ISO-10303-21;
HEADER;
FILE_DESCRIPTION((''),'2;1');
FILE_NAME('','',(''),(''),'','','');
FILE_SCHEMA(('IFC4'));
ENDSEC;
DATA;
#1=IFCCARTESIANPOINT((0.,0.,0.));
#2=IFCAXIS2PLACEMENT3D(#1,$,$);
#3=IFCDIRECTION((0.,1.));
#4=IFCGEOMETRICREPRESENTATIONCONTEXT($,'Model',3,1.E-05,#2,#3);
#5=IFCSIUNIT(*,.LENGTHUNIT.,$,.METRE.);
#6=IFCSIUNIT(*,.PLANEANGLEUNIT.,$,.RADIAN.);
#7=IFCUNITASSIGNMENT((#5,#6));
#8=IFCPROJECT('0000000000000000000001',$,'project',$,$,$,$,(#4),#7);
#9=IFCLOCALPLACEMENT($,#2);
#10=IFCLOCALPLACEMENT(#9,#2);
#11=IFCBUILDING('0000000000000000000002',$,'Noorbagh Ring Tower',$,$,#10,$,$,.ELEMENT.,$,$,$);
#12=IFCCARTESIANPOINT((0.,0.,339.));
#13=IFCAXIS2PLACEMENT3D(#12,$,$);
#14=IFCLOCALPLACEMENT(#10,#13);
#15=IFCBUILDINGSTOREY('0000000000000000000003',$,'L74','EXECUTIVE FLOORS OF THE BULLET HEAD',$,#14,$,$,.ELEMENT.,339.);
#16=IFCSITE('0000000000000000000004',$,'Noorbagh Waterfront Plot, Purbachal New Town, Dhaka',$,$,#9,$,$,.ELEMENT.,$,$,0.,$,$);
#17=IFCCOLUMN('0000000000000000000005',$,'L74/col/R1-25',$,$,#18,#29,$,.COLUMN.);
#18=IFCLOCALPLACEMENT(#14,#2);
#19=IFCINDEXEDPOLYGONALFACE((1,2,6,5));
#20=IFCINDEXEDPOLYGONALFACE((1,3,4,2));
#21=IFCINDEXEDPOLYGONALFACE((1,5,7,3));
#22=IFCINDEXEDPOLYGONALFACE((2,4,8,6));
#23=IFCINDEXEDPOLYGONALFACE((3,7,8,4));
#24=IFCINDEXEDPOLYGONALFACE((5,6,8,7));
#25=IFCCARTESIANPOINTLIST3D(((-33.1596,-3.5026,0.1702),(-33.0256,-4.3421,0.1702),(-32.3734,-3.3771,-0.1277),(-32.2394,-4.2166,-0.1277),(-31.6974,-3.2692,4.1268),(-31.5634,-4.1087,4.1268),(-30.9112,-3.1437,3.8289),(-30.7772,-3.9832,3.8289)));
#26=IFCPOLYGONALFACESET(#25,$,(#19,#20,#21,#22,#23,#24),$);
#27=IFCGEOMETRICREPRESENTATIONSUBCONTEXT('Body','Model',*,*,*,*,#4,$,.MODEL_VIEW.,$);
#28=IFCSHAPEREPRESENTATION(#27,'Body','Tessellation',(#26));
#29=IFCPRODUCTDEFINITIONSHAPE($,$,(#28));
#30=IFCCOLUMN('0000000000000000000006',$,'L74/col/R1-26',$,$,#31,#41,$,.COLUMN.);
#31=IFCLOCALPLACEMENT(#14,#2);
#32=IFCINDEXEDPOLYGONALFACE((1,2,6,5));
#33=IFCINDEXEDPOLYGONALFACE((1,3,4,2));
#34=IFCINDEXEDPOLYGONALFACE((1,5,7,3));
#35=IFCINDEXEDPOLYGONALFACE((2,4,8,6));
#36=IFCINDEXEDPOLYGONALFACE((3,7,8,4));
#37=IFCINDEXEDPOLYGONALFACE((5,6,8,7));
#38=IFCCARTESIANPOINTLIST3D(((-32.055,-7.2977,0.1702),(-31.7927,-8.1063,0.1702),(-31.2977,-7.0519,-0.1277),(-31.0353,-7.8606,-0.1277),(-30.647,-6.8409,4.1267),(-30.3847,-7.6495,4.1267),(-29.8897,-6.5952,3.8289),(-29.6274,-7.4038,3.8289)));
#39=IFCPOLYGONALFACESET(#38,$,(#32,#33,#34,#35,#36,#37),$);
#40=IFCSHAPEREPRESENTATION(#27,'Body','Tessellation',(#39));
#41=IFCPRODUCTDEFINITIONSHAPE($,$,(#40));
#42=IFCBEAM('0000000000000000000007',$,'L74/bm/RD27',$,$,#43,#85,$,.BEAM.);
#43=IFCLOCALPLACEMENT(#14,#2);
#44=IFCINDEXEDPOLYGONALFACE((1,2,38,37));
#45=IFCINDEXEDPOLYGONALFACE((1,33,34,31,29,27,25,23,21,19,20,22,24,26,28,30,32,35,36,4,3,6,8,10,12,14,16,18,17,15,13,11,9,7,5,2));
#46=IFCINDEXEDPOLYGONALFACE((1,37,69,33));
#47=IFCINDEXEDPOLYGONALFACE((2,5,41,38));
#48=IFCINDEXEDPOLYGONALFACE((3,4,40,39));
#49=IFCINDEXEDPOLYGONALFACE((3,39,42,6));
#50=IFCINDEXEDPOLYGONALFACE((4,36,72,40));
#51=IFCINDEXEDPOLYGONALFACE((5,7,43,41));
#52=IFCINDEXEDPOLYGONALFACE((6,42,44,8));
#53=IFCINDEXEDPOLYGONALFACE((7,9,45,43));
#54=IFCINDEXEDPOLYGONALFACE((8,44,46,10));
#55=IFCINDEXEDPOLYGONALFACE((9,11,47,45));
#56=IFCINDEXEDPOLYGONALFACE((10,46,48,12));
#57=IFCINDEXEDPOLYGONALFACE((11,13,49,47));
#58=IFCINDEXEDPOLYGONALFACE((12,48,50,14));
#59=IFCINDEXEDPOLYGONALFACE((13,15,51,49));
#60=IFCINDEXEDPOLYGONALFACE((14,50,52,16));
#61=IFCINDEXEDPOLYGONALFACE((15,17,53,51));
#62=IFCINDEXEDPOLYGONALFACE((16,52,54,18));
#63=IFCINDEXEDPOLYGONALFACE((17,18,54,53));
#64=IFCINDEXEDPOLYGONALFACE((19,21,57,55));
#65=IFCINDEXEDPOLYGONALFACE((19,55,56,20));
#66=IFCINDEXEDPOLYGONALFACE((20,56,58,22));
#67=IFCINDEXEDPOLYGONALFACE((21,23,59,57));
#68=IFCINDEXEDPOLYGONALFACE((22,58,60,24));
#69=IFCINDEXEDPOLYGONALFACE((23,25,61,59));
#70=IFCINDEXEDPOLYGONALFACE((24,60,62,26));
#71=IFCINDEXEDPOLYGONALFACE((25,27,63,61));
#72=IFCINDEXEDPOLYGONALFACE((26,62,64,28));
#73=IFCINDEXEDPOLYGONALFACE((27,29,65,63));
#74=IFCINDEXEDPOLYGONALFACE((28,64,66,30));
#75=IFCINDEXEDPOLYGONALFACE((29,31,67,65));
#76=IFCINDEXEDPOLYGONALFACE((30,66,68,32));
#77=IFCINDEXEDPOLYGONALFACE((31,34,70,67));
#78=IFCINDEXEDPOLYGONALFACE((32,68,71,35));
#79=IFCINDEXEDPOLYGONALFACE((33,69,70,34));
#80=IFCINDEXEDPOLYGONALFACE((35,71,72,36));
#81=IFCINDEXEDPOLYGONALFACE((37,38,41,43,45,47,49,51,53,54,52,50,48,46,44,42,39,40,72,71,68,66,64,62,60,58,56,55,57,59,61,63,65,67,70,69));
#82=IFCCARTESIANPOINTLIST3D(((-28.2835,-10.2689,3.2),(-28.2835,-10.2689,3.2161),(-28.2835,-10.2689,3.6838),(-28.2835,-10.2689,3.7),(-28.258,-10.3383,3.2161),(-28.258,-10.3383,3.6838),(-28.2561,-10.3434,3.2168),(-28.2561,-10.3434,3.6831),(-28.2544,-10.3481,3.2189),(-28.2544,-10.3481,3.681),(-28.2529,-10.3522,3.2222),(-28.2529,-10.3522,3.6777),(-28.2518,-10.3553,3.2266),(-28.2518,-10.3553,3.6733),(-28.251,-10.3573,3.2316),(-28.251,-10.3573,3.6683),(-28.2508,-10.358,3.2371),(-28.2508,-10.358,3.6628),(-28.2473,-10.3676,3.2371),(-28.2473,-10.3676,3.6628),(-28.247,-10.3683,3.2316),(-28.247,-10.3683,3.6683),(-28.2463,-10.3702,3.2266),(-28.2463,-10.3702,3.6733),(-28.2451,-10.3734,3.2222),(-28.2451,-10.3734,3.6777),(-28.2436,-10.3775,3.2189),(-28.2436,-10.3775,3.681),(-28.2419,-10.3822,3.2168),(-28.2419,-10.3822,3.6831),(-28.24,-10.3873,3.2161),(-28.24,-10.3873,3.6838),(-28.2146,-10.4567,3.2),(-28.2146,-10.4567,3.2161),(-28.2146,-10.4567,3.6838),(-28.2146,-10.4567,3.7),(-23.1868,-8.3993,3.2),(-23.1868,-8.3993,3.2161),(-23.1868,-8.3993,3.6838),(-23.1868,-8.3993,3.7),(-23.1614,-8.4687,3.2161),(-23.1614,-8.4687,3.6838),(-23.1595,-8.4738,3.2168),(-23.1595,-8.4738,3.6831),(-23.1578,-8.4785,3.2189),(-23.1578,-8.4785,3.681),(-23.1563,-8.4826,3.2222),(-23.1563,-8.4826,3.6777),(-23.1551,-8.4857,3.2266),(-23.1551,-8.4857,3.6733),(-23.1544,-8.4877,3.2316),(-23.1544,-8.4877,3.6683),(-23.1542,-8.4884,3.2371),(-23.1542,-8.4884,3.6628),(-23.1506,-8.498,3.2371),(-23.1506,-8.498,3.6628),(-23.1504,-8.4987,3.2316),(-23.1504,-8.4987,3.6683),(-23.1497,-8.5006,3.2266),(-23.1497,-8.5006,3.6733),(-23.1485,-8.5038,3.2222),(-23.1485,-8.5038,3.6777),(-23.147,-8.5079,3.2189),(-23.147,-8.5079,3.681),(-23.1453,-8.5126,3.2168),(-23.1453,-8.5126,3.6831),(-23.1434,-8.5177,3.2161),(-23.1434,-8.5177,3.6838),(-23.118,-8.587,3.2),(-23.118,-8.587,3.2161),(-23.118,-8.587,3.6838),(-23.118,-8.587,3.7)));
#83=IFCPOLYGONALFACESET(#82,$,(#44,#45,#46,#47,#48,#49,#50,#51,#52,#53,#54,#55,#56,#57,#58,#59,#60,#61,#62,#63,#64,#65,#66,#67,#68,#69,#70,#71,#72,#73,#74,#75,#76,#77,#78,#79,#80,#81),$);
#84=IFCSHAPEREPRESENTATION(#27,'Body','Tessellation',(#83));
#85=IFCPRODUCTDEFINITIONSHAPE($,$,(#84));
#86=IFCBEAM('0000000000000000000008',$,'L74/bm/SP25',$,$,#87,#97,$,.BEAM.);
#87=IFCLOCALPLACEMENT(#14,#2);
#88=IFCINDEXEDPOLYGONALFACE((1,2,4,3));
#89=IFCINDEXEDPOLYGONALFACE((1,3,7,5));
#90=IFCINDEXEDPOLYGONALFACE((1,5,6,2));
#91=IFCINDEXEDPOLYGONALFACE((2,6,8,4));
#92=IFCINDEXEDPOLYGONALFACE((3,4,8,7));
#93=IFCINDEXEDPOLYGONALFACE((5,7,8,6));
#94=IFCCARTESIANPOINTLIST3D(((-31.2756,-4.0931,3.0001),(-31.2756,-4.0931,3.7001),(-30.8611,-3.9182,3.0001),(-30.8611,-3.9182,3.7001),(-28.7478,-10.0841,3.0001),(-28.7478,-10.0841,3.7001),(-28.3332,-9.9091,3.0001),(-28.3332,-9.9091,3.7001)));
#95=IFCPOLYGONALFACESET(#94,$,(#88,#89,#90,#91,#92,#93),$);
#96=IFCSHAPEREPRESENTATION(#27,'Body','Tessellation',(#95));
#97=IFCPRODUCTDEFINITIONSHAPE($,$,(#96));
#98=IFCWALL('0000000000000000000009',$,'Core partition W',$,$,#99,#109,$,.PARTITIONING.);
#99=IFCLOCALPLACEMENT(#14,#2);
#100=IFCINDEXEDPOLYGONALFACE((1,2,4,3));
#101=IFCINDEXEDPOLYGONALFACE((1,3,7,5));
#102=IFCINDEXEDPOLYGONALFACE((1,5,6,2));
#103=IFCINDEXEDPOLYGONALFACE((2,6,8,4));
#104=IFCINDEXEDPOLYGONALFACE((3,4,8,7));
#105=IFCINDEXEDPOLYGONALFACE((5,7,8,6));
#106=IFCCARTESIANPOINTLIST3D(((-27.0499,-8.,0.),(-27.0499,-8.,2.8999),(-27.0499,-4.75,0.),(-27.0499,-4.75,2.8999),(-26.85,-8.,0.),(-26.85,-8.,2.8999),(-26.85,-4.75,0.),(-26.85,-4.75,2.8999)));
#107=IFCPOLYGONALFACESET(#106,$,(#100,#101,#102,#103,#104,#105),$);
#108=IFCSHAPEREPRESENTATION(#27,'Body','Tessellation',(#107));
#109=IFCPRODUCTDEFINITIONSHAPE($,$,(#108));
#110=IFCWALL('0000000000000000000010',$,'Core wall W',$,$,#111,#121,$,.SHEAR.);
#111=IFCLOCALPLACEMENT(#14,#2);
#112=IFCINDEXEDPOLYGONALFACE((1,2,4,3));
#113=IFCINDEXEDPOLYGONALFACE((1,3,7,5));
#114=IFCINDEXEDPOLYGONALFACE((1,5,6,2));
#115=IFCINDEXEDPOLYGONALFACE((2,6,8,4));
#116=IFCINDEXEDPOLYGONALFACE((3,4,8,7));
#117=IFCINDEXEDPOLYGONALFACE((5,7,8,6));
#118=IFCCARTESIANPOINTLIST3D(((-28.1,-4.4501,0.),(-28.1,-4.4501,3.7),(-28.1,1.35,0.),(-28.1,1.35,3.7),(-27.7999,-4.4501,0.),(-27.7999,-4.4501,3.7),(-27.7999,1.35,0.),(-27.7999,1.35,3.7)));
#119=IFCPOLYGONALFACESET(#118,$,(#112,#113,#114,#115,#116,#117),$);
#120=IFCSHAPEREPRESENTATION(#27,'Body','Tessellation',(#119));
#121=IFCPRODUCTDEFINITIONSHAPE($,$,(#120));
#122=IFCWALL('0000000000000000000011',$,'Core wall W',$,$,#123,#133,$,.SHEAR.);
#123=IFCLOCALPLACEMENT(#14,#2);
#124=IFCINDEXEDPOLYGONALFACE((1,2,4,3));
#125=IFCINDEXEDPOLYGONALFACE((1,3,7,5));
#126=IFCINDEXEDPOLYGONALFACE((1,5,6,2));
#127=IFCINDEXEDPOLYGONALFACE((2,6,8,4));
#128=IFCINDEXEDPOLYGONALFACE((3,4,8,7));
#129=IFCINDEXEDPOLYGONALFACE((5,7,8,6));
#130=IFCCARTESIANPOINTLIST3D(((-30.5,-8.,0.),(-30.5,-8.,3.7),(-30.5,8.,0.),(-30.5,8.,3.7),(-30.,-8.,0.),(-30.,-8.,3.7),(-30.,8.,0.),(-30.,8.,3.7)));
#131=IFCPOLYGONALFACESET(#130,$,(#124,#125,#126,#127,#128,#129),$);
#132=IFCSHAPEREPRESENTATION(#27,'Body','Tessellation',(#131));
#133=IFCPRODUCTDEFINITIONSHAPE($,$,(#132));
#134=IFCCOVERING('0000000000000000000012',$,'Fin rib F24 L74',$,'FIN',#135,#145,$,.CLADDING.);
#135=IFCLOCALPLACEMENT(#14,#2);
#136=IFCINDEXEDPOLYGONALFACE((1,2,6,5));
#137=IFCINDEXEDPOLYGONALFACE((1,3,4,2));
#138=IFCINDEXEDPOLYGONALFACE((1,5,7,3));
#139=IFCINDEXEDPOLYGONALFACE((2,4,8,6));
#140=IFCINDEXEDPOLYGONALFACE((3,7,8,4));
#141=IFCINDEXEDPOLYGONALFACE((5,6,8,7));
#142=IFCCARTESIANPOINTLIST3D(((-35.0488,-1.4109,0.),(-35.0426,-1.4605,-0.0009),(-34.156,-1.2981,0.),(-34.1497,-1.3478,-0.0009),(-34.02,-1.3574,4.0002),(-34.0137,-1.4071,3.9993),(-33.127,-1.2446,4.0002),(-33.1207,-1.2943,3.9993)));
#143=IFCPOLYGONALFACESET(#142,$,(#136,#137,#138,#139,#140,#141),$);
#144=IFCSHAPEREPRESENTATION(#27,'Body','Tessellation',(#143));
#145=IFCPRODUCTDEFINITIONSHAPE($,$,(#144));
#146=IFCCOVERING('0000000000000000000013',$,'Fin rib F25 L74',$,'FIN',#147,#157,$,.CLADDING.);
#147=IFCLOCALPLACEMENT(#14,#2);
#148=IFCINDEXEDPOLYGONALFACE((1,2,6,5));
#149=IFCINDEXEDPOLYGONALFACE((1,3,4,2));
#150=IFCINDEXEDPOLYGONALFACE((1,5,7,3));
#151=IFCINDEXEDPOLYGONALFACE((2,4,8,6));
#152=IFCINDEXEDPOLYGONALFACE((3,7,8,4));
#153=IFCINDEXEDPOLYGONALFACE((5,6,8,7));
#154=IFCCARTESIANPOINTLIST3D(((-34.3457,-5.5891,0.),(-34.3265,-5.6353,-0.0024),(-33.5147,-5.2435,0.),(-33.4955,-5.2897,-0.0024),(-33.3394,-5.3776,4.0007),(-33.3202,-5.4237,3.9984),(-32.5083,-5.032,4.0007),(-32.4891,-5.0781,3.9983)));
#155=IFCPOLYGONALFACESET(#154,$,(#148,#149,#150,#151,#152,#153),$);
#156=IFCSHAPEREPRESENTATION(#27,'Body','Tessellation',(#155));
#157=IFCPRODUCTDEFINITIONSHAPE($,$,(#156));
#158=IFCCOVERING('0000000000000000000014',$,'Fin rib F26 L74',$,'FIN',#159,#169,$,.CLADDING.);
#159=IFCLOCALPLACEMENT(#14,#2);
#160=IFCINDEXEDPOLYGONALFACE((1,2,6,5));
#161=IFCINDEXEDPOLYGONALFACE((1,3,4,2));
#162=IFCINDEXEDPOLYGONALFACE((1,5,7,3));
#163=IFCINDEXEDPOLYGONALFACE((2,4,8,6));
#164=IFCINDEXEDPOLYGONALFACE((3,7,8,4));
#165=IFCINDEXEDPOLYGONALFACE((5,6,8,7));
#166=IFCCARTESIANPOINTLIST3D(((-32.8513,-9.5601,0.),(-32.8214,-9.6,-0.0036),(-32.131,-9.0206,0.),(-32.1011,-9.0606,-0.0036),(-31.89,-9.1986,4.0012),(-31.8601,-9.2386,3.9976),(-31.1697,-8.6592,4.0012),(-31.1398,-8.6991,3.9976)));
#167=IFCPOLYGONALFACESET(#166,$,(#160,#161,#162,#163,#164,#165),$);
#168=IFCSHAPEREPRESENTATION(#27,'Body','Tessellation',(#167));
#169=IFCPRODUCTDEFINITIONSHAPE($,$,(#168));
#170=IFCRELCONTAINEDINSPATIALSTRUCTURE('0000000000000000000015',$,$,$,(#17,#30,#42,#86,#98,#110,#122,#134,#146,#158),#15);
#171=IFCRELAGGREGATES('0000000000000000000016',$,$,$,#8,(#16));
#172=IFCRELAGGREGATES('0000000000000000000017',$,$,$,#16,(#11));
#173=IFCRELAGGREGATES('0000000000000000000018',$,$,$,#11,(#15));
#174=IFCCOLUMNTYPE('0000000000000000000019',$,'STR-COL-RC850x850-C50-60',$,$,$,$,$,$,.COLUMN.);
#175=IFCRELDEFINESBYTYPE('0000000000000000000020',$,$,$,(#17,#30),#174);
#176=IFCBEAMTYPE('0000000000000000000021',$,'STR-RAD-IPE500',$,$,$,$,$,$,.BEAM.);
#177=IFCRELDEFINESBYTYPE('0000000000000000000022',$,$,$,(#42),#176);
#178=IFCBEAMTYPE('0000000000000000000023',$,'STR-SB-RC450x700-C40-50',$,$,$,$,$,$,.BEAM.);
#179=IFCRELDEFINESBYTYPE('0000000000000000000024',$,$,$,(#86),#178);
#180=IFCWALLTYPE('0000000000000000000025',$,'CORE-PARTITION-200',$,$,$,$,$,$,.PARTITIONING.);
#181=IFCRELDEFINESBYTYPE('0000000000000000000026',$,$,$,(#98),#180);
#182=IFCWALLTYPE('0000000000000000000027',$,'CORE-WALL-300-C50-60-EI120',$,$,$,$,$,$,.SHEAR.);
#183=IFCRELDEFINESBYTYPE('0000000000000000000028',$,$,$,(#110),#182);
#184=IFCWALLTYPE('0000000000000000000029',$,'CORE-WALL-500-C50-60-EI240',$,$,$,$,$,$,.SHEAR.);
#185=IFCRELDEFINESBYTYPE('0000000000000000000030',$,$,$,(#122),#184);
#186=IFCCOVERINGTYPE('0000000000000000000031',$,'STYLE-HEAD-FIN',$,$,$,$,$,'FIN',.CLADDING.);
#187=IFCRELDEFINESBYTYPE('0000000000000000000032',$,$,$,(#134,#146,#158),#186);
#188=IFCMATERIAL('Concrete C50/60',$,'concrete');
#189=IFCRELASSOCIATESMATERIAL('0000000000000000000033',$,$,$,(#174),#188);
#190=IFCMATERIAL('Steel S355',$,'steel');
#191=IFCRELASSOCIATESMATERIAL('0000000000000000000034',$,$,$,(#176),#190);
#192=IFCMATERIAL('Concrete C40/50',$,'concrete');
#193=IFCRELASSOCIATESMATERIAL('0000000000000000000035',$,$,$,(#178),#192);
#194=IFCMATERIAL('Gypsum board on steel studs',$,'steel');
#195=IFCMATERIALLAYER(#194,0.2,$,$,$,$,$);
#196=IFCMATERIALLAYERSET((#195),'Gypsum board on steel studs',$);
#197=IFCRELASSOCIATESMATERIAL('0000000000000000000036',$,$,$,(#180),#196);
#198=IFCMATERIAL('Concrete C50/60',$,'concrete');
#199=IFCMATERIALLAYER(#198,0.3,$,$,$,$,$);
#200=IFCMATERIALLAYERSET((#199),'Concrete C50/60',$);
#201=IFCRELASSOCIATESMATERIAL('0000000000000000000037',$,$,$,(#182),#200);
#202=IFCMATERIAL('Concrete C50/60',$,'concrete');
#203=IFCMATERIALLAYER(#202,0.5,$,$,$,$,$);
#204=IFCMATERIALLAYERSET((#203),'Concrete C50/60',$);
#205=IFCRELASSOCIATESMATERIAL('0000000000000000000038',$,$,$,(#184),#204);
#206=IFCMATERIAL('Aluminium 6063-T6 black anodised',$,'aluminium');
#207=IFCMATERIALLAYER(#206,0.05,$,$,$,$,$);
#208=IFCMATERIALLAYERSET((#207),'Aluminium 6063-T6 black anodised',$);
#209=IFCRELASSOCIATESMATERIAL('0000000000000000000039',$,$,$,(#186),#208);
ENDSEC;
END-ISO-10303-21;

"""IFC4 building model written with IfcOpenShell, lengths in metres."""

from ifc_helpers import new_model, si_unit, direction, frame, frame_2d, origin, origin_2d, place, context, subcontext, project, spatial, polyline, rectangle, i_section, outline, extrude, material, layer, layer_set, material_profile, profile_set, type_object, element, save


model = new_model("IFC4")

# Units and contexts
model_context = context("Model", 3, precision=1e-05, world=origin(), true_north=direction((0.0, 1.0)))
body_context = subcontext(model_context, "Body", "Model", "MODEL_VIEW")
ifc_project = project(units=[si_unit("LENGTHUNIT", "METRE"), si_unit("PLANEANGLEUNIT", "RADIAN")], contexts=[model_context])

# Site, building, storey
site_placement = place(None, origin())
site = spatial("IfcSite", under=ifc_project, at=site_placement, Name="Noorbagh Waterfront Plot, Purbachal New Town, Dhaka", CompositionType="ELEMENT", RefElevation=0.0)
building_placement = place(site_placement, origin())
building = spatial("IfcBuilding", under=site, at=building_placement, Name="Noorbagh Ring Tower", CompositionType="ELEMENT")
storey_placement = place(building_placement, frame((0.0, 0.0, 339.0)))
storey = spatial("IfcBuildingStorey", under=building, at=storey_placement, Name="L74", Description="EXECUTIVE FLOORS OF THE BULLET HEAD", CompositionType="ELEMENT", Elevation=339.0)

# Columns
ifc_material_1 = material(Name="Concrete C50/60", Category="concrete")
ifc_material_profile_1 = material_profile(ifc_material_1, rectangle(XDim=0.8501, YDim=0.8501, at=origin_2d()), Name="RC850x850")
ifc_profile_set_1 = profile_set([ifc_material_profile_1], Name="Concrete C50/60")
column_type = type_object("IfcColumnType", Name="STR-COL-RC850x850-C50-60", PredefinedType="COLUMN", material=ifc_profile_set_1)
column_1_placement = place(storey_placement, frame((-32.6995, -3.8596, 0.0212), z_axis=(0.346112, 0.055248, 0.936565), x_axis=(-0.15763, 0.987498, 0.0)))
element("IfcColumn", 1, at=column_1_placement, inside=storey, type_object=column_type, Name="L74/col/R1-25", PredefinedType="COLUMN", context=body_context, shape_type="SweptSolid", body=[
    extrude(rectangle(XDim=0.8501, YDim=0.8501, at=origin_2d()), origin(), (0.0, 0.0, 1.0), 4.2246),
])
column_2_placement = place(storey_placement, frame((-31.5452, -7.5791, 0.0212), z_axis=(0.333295, 0.108132, 0.936601), x_axis=(-0.308597, 0.951193, 0.0)))
element("IfcColumn", 2, at=column_2_placement, inside=storey, type_object=column_type, Name="L74/col/R1-26", PredefinedType="COLUMN", context=body_context, shape_type="SweptSolid", body=[
    extrude(rectangle(XDim=0.8501, YDim=0.8501, at=origin_2d()), origin(), (0.0, 0.0, 1.0), 4.2244),
])

# Beams
ifc_material_2 = material(Name="Steel S355", Category="steel")
ifc_material_profile_2 = material_profile(ifc_material_2, i_section(OverallWidth=0.2, OverallDepth=0.5, WebThickness=0.0103, FlangeThickness=0.0161, FilletRadius=0.021, at=origin_2d()), Name="IPE500")
ifc_profile_set_2 = profile_set([ifc_material_profile_2], Name="Steel S355")
beam_type_1 = type_object("IfcBeamType", Name="STR-RAD-IPE500", PredefinedType="BEAM", material=ifc_profile_set_2)
beam_1_placement = place(storey_placement, frame((-28.249, -10.3628, 3.45), z_axis=(0.938826, 0.344392, 0.0), x_axis=(-0.344392, 0.938826, 0.0)))
element("IfcBeam", 3, at=beam_1_placement, inside=storey, type_object=beam_type_1, Name="L74/bm/RD27", PredefinedType="BEAM", context=body_context, shape_type="SweptSolid", body=[
    extrude(i_section(OverallWidth=0.2, OverallDepth=0.5, WebThickness=0.0103, FlangeThickness=0.0161, FilletRadius=0.021, at=origin_2d()), origin(), (0.0, 0.0, 1.0), 5.4287),
])
ifc_material_3 = material(Name="Concrete C40/50", Category="concrete")
ifc_material_profile_3 = material_profile(ifc_material_3, rectangle(XDim=0.45, YDim=0.7, at=origin_2d()), Name="RC450x700")
ifc_profile_set_3 = profile_set([ifc_material_profile_3], Name="Concrete C40/50")
beam_type_2 = type_object("IfcBeamType", Name="STR-SB-RC450x700-C40-50", PredefinedType="BEAM", material=ifc_profile_set_3)
beam_2_placement = place(storey_placement, frame((-31.0684, -4.0056, 3.3501), z_axis=(0.388752, -0.921343, 0.0), x_axis=(0.921343, 0.388752, 0.0)))
element("IfcBeam", 4, at=beam_2_placement, inside=storey, type_object=beam_type_2, Name="L74/bm/SP25", PredefinedType="BEAM", context=body_context, shape_type="SweptSolid", body=[
    extrude(rectangle(XDim=0.45, YDim=0.7, at=origin_2d()), origin(), (0.0, 0.0, 1.0), 6.5024),
])

# Walls
ifc_material_4 = material(Name="Gypsum board on steel studs", Category="steel")
ifc_layer_1 = layer(ifc_material_4, 0.2)
ifc_layer_set_1 = layer_set([ifc_layer_1], Name="Gypsum board on steel studs")
wall_type_1 = type_object("IfcWallType", Name="CORE-PARTITION-200", PredefinedType="PARTITIONING", material=ifc_layer_set_1)
wall_1_placement = place(storey_placement, frame((-26.95, -8.0, 0.0), z_axis=(0.0, 0.0, 1.0), x_axis=(0.0, 1.0, 0.0)))
element("IfcWall", 5, at=wall_1_placement, inside=storey, type_object=wall_type_1, Name="Core partition W", PredefinedType="PARTITIONING", context=body_context, shape_type="SweptSolid", body=[
    extrude(rectangle(XDim=3.25, YDim=0.2, at=frame_2d((1.625, 0.0))), origin(), (0.0, 0.0, 1.0), 2.8999),
])
ifc_material_5 = material(Name="Concrete C50/60", Category="concrete")
ifc_layer_2 = layer(ifc_material_5, 0.3)
ifc_layer_set_2 = layer_set([ifc_layer_2], Name="Concrete C50/60")
wall_type_2 = type_object("IfcWallType", Name="CORE-WALL-300-C50-60-EI120", PredefinedType="SHEAR", material=ifc_layer_set_2)
wall_2_placement = place(storey_placement, frame((-27.95, -4.45, 0.0), z_axis=(0.0, 0.0, 1.0), x_axis=(0.0, 1.0, 0.0)))
element("IfcWall", 6, at=wall_2_placement, inside=storey, type_object=wall_type_2, Name="Core wall W", PredefinedType="SHEAR", context=body_context, shape_type="SweptSolid", body=[
    extrude(rectangle(XDim=5.8, YDim=0.3, at=frame_2d((2.8999, 0.0))), origin(), (0.0, 0.0, 1.0), 3.7),
])
ifc_material_6 = material(Name="Concrete C50/60", Category="concrete")
ifc_layer_3 = layer(ifc_material_6, 0.5)
ifc_layer_set_3 = layer_set([ifc_layer_3], Name="Concrete C50/60")
wall_type_3 = type_object("IfcWallType", Name="CORE-WALL-500-C50-60-EI240", PredefinedType="SHEAR", material=ifc_layer_set_3)
wall_3_placement = place(storey_placement, frame((-30.25, -8.0, 0.0), z_axis=(0.0, 0.0, 1.0), x_axis=(0.0, 1.0, 0.0)))
element("IfcWall", 7, at=wall_3_placement, inside=storey, type_object=wall_type_3, Name="Core wall W", PredefinedType="SHEAR", context=body_context, shape_type="SweptSolid", body=[
    extrude(rectangle(XDim=16.0, YDim=0.5, at=frame_2d((8.0, 0.0))), origin(), (0.0, 0.0, 1.0), 3.7),
])

# Coverings
ifc_material_7 = material(Name="Aluminium 6063-T6 black anodised", Category="aluminium")
ifc_layer_4 = layer(ifc_material_7, 0.05)
ifc_layer_set_4 = layer_set([ifc_layer_4], Name="Aluminium 6063-T6 black anodised")
covering_type_1 = type_object("IfcCoveringType", Name="STYLE-HEAD-FIN", ElementType="FIN", PredefinedType="CLADDING", material=ifc_layer_set_4)
covering_1_placement = place(storey_placement, frame((-35.0488, -1.4109, 0.0), z_axis=(-0.125297, 0.991938, 0.01897), x_axis=(0.24906, 0.01294, 0.968402)))
element("IfcCovering", 8, at=covering_1_placement, inside=storey, type_object=covering_type_1, Name="Fin rib F24 L74", ObjectType="FIN", PredefinedType="CLADDING", context=body_context, shape_type="SweptSolid", body=[
    extrude(outline(polyline([(0.0, 0.0), (4.1308, 0.0), (4.3547, 0.8719), (0.2238, 0.8716), (0.0, 0.0)])), origin(), (0.0, 0.0, -1.0), 0.05),
])
covering_2_placement = place(storey_placement, frame((-34.3457, -5.5891, 0.0), z_axis=(-0.383523, 0.922298, 0.047703), x_axis=(0.243612, 0.051208, 0.96852)))
element("IfcCovering", 9, at=covering_2_placement, inside=storey, type_object=covering_type_1, Name="Fin rib F25 L74", ObjectType="FIN", PredefinedType="CLADDING", context=body_context, shape_type="SweptSolid", body=[
    extrude(outline(polyline([(0.0, 0.0), (4.1308, 0.0), (4.3509, 0.8728), (0.2201, 0.8727), (0.0, 0.0)])), origin(), (0.0, 0.0, -1.0), 0.05),
])
covering_3_placement = place(storey_placement, frame((-32.8513, -9.5601, 0.0), z_axis=(-0.597879, 0.79839, 0.071519), x_axis=(0.232705, 0.087496, 0.968603)))
element("IfcCovering", 10, at=covering_3_placement, inside=storey, type_object=covering_type_1, Name="Fin rib F26 L74", ObjectType="FIN", PredefinedType="CLADDING", context=body_context, shape_type="SweptSolid", body=[
    extrude(outline(polyline([(0.0, 0.0), (4.1309, 0.0), (4.3457, 0.8739), (0.2148, 0.8739), (0.0, 0.0)])), origin(), (0.0, 0.0, -1.0), 0.05),
])

save(model, "model.ifc")
